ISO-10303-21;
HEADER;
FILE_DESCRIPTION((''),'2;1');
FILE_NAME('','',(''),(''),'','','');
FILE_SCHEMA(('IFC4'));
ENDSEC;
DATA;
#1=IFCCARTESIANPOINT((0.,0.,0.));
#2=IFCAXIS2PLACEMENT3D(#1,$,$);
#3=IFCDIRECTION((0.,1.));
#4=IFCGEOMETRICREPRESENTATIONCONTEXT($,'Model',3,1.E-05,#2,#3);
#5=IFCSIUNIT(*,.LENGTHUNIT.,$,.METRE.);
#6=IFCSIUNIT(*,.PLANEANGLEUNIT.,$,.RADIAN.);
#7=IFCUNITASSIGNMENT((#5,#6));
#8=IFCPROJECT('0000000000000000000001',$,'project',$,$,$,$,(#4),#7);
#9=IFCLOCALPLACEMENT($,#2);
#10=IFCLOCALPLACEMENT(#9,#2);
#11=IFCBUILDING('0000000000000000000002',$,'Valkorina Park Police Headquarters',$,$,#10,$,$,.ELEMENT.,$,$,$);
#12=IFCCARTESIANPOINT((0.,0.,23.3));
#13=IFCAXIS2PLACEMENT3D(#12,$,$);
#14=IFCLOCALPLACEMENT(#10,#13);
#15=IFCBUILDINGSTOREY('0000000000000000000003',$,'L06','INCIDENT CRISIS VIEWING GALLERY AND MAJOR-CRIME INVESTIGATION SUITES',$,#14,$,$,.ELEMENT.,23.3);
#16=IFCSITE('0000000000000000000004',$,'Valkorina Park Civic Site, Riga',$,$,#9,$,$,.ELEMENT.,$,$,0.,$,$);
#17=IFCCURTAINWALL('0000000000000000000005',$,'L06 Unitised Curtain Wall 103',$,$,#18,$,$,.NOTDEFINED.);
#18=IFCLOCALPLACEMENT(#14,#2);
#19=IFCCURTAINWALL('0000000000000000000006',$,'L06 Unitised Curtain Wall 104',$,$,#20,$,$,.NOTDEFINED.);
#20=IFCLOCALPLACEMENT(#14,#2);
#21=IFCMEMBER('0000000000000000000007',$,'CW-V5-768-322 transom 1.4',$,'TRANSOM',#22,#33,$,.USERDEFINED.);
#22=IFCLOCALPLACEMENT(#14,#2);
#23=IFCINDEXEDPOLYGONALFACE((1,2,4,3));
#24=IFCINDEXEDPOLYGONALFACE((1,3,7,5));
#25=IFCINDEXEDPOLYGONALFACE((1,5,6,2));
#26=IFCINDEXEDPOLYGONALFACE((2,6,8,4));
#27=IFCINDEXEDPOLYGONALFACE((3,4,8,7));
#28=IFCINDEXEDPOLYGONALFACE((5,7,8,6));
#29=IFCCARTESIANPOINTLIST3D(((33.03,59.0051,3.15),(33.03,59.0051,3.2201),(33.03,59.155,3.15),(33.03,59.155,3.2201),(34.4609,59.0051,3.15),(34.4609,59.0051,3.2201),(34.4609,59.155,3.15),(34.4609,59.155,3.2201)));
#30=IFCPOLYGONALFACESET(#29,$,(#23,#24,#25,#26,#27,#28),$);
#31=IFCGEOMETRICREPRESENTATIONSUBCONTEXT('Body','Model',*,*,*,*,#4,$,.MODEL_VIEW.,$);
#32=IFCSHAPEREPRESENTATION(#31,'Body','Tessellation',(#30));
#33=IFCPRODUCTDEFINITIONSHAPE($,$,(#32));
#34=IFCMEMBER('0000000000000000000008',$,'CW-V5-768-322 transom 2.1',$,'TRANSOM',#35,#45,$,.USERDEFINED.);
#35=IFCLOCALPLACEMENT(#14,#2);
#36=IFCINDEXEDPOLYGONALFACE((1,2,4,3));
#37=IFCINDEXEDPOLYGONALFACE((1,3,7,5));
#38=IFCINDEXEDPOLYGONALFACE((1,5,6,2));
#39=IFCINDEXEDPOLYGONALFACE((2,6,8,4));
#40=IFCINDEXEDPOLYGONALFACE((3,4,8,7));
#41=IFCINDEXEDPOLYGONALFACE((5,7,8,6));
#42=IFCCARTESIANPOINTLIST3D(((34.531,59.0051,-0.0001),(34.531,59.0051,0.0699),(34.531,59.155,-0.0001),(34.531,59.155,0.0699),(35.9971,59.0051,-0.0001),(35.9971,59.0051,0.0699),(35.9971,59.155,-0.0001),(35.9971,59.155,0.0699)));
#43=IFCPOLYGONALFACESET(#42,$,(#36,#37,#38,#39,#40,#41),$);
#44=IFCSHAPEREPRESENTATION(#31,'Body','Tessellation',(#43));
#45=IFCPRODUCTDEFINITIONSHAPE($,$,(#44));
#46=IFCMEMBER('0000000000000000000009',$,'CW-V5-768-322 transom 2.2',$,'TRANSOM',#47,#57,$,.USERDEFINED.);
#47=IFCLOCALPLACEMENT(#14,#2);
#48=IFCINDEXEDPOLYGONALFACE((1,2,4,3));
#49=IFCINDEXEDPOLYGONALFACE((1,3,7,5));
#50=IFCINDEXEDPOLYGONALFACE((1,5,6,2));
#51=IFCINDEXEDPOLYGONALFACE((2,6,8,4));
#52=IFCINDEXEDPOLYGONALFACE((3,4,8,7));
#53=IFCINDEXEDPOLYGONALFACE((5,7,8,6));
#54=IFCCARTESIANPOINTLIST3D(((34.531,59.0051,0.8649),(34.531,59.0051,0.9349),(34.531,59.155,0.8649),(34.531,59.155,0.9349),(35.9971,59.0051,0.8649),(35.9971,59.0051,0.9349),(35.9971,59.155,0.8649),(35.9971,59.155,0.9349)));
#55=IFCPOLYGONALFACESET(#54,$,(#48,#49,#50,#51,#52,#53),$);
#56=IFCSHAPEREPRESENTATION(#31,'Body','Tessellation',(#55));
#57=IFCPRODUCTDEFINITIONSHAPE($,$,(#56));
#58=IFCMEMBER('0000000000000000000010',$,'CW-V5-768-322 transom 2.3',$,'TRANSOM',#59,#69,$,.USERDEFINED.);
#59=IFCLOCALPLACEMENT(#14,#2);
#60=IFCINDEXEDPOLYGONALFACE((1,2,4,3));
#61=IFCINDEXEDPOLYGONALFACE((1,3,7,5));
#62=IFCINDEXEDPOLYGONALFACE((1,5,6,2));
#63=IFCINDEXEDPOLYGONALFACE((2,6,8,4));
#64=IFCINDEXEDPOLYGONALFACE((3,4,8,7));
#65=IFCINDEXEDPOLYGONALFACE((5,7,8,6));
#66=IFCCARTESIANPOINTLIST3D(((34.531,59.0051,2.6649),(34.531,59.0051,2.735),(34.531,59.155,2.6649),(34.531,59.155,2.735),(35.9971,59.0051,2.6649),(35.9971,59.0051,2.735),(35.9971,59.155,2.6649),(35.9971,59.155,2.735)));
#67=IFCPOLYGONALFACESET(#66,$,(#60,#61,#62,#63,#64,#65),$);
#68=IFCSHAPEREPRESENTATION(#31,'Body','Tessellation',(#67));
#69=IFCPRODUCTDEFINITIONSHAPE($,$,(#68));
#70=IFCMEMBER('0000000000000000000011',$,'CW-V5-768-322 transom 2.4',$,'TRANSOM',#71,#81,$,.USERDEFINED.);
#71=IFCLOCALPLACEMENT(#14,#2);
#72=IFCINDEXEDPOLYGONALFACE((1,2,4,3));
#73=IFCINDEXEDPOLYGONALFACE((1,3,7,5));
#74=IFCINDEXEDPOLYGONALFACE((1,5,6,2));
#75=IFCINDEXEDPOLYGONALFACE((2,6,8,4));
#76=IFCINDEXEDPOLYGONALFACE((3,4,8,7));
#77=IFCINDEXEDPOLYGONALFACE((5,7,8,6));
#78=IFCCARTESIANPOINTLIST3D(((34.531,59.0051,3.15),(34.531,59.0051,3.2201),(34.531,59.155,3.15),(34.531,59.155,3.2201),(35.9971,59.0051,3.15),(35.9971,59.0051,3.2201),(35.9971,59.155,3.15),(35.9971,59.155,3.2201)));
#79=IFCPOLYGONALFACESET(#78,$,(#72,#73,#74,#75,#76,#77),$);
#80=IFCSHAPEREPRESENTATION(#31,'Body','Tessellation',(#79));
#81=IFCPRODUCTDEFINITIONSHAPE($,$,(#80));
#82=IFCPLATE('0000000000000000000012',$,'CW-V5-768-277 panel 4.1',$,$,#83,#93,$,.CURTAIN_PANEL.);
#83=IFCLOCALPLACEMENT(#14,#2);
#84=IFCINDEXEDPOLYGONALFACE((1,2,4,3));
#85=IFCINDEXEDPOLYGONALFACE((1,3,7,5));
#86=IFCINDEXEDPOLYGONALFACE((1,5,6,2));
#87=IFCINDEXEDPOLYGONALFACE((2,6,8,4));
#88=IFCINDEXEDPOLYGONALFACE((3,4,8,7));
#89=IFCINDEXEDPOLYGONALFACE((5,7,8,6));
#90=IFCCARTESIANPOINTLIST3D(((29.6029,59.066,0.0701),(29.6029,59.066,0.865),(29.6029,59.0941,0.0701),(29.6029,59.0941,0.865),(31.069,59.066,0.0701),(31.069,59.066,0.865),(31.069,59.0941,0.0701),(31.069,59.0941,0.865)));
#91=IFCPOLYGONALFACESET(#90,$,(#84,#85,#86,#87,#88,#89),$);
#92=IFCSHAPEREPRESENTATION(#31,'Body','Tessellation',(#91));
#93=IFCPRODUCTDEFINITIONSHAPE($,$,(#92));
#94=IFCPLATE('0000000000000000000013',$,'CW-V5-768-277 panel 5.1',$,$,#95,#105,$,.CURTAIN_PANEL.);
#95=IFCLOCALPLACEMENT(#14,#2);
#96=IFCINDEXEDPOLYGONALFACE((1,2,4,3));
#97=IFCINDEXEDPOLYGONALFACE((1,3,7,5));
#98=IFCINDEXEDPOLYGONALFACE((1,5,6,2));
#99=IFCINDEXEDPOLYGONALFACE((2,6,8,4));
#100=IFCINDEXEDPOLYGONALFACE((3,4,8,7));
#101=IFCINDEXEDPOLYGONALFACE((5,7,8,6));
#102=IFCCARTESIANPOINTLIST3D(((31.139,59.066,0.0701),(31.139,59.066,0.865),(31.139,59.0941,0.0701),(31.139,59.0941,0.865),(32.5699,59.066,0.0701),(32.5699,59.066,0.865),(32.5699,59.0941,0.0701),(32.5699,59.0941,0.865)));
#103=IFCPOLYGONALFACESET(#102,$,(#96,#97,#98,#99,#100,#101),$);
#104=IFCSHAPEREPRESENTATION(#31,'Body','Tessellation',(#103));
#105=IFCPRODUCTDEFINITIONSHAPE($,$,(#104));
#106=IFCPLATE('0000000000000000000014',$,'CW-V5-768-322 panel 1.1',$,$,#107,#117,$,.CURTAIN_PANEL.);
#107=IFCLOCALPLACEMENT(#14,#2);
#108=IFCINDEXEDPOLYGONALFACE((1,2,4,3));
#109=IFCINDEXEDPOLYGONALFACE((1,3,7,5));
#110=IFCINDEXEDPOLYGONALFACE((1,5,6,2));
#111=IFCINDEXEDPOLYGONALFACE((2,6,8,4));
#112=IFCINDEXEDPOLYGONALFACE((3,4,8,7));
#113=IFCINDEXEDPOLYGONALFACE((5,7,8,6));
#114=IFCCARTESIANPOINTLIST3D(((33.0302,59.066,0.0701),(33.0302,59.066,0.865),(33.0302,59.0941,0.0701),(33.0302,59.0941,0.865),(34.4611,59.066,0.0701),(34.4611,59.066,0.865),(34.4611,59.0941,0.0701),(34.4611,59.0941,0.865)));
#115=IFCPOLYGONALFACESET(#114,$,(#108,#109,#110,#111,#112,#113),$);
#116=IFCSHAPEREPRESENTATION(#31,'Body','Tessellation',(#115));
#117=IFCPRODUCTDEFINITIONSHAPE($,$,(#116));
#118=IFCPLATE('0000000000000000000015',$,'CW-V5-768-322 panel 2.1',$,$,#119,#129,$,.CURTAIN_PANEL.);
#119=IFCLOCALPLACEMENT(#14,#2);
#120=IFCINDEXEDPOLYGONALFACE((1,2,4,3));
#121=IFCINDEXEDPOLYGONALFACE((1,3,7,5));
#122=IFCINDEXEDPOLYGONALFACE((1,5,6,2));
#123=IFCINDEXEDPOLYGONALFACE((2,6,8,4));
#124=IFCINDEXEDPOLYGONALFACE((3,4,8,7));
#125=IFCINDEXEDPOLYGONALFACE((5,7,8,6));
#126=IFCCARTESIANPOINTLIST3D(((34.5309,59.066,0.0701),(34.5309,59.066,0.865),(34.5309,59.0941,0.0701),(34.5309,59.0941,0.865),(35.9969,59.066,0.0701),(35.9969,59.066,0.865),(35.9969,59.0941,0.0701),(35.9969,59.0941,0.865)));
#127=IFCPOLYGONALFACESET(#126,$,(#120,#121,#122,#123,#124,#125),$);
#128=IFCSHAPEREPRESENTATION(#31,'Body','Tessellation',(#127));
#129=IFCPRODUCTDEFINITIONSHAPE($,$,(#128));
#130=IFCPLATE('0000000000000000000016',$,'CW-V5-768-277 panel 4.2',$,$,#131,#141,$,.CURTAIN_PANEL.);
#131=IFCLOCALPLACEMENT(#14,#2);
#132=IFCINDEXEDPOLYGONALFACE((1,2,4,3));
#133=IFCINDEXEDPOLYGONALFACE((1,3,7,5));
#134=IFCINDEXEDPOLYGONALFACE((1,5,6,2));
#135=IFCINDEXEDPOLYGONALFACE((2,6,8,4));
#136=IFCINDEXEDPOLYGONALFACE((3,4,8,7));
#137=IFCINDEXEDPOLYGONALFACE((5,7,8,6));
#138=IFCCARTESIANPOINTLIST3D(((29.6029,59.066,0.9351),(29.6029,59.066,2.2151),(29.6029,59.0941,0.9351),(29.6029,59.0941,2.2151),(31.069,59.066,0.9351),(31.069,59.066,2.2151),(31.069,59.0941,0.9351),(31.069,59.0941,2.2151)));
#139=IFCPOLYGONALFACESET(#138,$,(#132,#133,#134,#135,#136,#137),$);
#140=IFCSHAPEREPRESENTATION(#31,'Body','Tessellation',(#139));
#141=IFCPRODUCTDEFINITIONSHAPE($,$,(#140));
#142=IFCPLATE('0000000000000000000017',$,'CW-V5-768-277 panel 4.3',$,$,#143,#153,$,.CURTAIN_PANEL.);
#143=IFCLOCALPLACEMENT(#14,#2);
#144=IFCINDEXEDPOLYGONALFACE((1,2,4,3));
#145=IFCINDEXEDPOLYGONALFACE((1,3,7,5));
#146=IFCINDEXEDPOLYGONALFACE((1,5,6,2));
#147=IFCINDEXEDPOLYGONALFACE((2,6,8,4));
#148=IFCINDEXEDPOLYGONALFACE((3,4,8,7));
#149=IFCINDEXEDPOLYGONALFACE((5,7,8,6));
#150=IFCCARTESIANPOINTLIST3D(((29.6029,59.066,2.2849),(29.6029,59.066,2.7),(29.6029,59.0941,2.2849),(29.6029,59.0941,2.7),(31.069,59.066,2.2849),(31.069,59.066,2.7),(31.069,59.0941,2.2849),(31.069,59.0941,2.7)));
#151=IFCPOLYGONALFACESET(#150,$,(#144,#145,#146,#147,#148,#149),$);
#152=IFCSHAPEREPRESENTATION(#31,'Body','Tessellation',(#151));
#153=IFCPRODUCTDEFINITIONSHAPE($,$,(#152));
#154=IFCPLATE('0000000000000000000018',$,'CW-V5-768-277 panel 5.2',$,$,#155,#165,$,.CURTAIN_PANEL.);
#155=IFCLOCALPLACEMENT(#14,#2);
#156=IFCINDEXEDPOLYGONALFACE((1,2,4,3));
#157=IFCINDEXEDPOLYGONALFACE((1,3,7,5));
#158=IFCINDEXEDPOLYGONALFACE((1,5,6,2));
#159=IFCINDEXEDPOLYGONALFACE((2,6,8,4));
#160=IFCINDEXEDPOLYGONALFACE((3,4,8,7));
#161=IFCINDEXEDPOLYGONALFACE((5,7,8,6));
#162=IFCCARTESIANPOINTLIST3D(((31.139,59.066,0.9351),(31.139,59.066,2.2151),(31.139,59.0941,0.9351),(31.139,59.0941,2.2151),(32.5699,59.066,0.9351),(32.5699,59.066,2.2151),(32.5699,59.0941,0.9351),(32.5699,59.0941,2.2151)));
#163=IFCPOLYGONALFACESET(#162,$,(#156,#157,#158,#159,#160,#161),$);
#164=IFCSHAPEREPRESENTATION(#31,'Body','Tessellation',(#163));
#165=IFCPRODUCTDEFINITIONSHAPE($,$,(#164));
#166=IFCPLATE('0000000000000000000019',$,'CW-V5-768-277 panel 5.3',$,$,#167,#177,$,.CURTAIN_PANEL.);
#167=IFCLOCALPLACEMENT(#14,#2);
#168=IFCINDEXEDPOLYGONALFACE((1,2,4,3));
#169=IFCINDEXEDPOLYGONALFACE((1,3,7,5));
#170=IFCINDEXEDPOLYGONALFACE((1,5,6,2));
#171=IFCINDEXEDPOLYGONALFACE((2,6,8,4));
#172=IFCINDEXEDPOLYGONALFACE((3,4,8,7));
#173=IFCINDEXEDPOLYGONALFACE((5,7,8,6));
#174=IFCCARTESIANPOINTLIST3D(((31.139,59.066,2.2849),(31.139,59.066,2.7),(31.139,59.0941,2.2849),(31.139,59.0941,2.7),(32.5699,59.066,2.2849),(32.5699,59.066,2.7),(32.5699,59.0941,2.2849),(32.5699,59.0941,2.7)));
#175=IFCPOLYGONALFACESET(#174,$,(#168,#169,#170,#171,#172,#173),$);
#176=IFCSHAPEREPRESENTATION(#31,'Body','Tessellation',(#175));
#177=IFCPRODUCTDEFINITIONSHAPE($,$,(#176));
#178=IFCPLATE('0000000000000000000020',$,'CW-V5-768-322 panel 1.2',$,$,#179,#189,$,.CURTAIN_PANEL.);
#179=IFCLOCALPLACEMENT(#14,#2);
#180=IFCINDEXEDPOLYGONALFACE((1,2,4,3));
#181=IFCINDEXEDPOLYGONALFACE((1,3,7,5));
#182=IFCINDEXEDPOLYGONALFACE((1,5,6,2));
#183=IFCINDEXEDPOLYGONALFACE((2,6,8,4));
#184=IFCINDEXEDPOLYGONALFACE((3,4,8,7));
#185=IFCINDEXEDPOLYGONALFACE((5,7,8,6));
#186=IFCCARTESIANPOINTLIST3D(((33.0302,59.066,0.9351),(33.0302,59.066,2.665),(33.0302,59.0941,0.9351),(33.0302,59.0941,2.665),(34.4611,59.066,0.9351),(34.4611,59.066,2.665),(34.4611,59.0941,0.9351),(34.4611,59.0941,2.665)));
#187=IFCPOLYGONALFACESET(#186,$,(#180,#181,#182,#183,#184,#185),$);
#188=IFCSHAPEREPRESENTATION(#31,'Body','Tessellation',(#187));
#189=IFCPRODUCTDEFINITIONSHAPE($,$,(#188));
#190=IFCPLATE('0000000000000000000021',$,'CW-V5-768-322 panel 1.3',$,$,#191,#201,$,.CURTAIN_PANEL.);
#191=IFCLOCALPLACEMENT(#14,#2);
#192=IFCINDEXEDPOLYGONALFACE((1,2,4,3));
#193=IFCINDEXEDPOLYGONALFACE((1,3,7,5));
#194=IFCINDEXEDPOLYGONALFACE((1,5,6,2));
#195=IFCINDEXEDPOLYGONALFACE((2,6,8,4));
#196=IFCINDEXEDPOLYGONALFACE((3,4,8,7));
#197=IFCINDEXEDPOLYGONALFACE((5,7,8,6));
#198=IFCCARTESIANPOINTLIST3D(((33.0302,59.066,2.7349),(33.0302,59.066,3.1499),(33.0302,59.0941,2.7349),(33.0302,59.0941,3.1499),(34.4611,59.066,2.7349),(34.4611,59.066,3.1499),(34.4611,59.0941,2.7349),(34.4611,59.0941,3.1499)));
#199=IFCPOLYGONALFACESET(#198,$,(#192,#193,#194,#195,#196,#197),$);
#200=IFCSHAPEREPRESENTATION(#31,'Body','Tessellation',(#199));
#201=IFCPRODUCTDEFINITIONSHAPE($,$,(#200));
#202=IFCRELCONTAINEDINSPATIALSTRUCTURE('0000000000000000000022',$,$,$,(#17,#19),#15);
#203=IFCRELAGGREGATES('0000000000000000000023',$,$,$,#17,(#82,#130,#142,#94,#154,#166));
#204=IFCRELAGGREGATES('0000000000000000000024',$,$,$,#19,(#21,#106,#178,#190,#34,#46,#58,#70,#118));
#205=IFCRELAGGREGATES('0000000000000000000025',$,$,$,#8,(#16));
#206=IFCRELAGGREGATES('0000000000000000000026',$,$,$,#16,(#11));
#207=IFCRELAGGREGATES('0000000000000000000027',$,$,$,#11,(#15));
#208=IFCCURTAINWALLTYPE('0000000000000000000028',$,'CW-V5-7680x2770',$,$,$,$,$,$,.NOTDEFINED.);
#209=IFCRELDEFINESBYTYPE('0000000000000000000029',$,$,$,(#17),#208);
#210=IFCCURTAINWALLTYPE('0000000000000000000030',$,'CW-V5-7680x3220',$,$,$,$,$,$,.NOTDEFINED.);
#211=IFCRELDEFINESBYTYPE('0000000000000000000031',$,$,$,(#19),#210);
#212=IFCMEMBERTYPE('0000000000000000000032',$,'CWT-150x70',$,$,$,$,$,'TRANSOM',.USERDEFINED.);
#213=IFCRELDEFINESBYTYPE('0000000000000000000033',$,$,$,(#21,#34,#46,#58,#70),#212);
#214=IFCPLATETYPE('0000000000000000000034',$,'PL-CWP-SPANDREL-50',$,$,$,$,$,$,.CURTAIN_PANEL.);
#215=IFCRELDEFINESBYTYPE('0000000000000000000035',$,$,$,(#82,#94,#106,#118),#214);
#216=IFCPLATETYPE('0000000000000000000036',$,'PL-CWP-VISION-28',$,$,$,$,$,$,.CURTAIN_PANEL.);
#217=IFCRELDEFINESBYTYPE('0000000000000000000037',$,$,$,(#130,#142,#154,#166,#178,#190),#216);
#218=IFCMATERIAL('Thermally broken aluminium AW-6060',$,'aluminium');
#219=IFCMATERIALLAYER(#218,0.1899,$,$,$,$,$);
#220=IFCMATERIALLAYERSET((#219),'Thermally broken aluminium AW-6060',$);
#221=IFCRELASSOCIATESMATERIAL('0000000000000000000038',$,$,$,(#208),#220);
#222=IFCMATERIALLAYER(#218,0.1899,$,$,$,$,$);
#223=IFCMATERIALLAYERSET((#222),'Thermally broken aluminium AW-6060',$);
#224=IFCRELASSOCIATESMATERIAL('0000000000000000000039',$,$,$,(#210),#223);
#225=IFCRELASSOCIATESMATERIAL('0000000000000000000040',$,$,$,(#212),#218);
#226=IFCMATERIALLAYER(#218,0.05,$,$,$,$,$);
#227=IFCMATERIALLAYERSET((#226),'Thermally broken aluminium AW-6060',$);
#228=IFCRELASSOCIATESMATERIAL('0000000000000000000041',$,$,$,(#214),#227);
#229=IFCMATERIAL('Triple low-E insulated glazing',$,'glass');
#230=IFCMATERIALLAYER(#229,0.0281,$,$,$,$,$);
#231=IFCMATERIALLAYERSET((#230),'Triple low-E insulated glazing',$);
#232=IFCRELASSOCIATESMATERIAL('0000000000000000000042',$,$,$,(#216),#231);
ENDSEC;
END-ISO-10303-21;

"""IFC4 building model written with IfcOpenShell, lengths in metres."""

from ifc_helpers import new_model, si_unit, direction, frame, origin, origin_2d, place, context, subcontext, project, spatial, rectangle, extrude, material, layer, layer_set, material_profile, profile_set, type_object, element, aggregate, save


model = new_model("IFC4")

# Units and contexts
model_context = context("Model", 3, precision=1e-05, world=origin(), true_north=direction((0.0, 1.0)))
body_context = subcontext(model_context, "Body", "Model", "MODEL_VIEW")
ifc_project = project(units=[si_unit("LENGTHUNIT", "METRE"), si_unit("PLANEANGLEUNIT", "RADIAN")], contexts=[model_context])

# Site, building, storey
site_placement = place(None, origin())
site = spatial("IfcSite", under=ifc_project, at=site_placement, Name="Valkorina Park Civic Site, Riga", CompositionType="ELEMENT", RefElevation=0.0)
building_placement = place(site_placement, origin())
building = spatial("IfcBuilding", under=site, at=building_placement, Name="Valkorina Park Police Headquarters", CompositionType="ELEMENT")
storey_placement = place(building_placement, frame((0.0, 0.0, 23.3)))
storey = spatial("IfcBuildingStorey", under=building, at=storey_placement, Name="L06", Description="INCIDENT CRISIS VIEWING GALLERY AND MAJOR-CRIME INVESTIGATION SUITES", CompositionType="ELEMENT", Elevation=23.3)

# Curtain walls
ifc_material_1 = material(Name="Thermally broken aluminium AW-6060", Category="aluminium")
ifc_layer_1 = layer(ifc_material_1, 0.1899)
ifc_layer_set_1 = layer_set([ifc_layer_1], Name="Thermally broken aluminium AW-6060")
curtain_wall_type_1 = type_object("IfcCurtainWallType", Name="CW-V5-7680x2770", PredefinedType="NOTDEFINED", material=ifc_layer_set_1)
curtain_wall_1_placement = place(storey_placement, origin())
curtain_wall_1 = element("IfcCurtainWall", 1, at=curtain_wall_1_placement, inside=storey, type_object=curtain_wall_type_1, Name="L06 Unitised Curtain Wall 103", PredefinedType="NOTDEFINED")
ifc_layer_2 = layer(ifc_material_1, 0.1899)
ifc_layer_set_2 = layer_set([ifc_layer_2], Name="Thermally broken aluminium AW-6060")
curtain_wall_type_2 = type_object("IfcCurtainWallType", Name="CW-V5-7680x3220", PredefinedType="NOTDEFINED", material=ifc_layer_set_2)
curtain_wall_2_placement = place(storey_placement, origin())
curtain_wall_2 = element("IfcCurtainWall", 2, at=curtain_wall_2_placement, inside=storey, type_object=curtain_wall_type_2, Name="L06 Unitised Curtain Wall 104", PredefinedType="NOTDEFINED")

# Members
ifc_material_profile_1 = material_profile(ifc_material_1, rectangle(XDim=0.1499, YDim=0.0701, at=origin_2d()), Name="CWT-02 150x70")
ifc_profile_set_1 = profile_set([ifc_material_profile_1], Name="Thermally broken aluminium AW-6060")
member_type_1 = type_object("IfcMemberType", Name="CWT-150x70", ElementType="TRANSOM", PredefinedType="USERDEFINED", material=ifc_profile_set_1)
member_1_placement = place(storey_placement, frame((33.03, 59.0801, 3.1851), z_axis=(1.0, 0.0, 0.0), x_axis=(0.0, 1.0, 0.0)))
member_1 = element("IfcMember", 3, at=member_1_placement, type_object=member_type_1, Name="CW-V5-768-322 transom 1.4", ObjectType="TRANSOM", PredefinedType="USERDEFINED", context=body_context, shape_type="SweptSolid", body=[
    extrude(rectangle(XDim=0.1499, YDim=0.0701, at=origin_2d()), origin(), (0.0, 0.0, 1.0), 1.4309),
])
member_2_placement = place(storey_placement, frame((34.531, 59.0801, 0.0349), z_axis=(1.0, 0.0, 0.0), x_axis=(0.0, 1.0, 0.0)))
member_2 = element("IfcMember", 4, at=member_2_placement, type_object=member_type_1, Name="CW-V5-768-322 transom 2.1", ObjectType="TRANSOM", PredefinedType="USERDEFINED", context=body_context, shape_type="SweptSolid", body=[
    extrude(rectangle(XDim=0.1499, YDim=0.0701, at=origin_2d()), origin(), (0.0, 0.0, 1.0), 1.4661),
])
member_3_placement = place(storey_placement, frame((34.531, 59.0801, 0.8999), z_axis=(1.0, 0.0, 0.0), x_axis=(0.0, 1.0, 0.0)))
member_3 = element("IfcMember", 5, at=member_3_placement, type_object=member_type_1, Name="CW-V5-768-322 transom 2.2", ObjectType="TRANSOM", PredefinedType="USERDEFINED", context=body_context, shape_type="SweptSolid", body=[
    extrude(rectangle(XDim=0.1499, YDim=0.0701, at=origin_2d()), origin(), (0.0, 0.0, 1.0), 1.4661),
])
member_4_placement = place(storey_placement, frame((34.531, 59.0801, 2.7), z_axis=(1.0, 0.0, 0.0), x_axis=(0.0, 1.0, 0.0)))
member_4 = element("IfcMember", 6, at=member_4_placement, type_object=member_type_1, Name="CW-V5-768-322 transom 2.3", ObjectType="TRANSOM", PredefinedType="USERDEFINED", context=body_context, shape_type="SweptSolid", body=[
    extrude(rectangle(XDim=0.1499, YDim=0.0701, at=origin_2d()), origin(), (0.0, 0.0, 1.0), 1.4661),
])
member_5_placement = place(storey_placement, frame((34.531, 59.0801, 3.1851), z_axis=(1.0, 0.0, 0.0), x_axis=(0.0, 1.0, 0.0)))
member_5 = element("IfcMember", 7, at=member_5_placement, type_object=member_type_1, Name="CW-V5-768-322 transom 2.4", ObjectType="TRANSOM", PredefinedType="USERDEFINED", context=body_context, shape_type="SweptSolid", body=[
    extrude(rectangle(XDim=0.1499, YDim=0.0701, at=origin_2d()), origin(), (0.0, 0.0, 1.0), 1.4661),
])

# Plates
ifc_layer_3 = layer(ifc_material_1, 0.05)
ifc_layer_set_3 = layer_set([ifc_layer_3], Name="Thermally broken aluminium AW-6060")
plate_type_1 = type_object("IfcPlateType", Name="PL-CWP-SPANDREL-50", PredefinedType="CURTAIN_PANEL", material=ifc_layer_set_3)
plate_1_placement = place(storey_placement, frame((30.3359, 59.0801, 0.0701), z_axis=(0.0, 0.0, 1.0), x_axis=(1.0, 0.0, 0.0)))
plate_1 = element("IfcPlate", 8, at=plate_1_placement, type_object=plate_type_1, Name="CW-V5-768-277 panel 4.1", PredefinedType="CURTAIN_PANEL", context=body_context, shape_type="SweptSolid", body=[
    extrude(rectangle(XDim=1.4661, YDim=0.0281, at=origin_2d()), origin(), (0.0, 0.0, 1.0), 0.7949),
])
plate_2_placement = place(storey_placement, frame((31.8545, 59.0801, 0.0701), z_axis=(0.0, 0.0, 1.0), x_axis=(1.0, 0.0, 0.0)))
plate_2 = element("IfcPlate", 9, at=plate_2_placement, type_object=plate_type_1, Name="CW-V5-768-277 panel 5.1", PredefinedType="CURTAIN_PANEL", context=body_context, shape_type="SweptSolid", body=[
    extrude(rectangle(XDim=1.4309, YDim=0.0281, at=origin_2d()), origin(), (0.0, 0.0, 1.0), 0.7949),
])
plate_3_placement = place(storey_placement, frame((33.7456, 59.0801, 0.0701), z_axis=(0.0, 0.0, 1.0), x_axis=(1.0, 0.0, 0.0)))
plate_3 = element("IfcPlate", 10, at=plate_3_placement, type_object=plate_type_1, Name="CW-V5-768-322 panel 1.1", PredefinedType="CURTAIN_PANEL", context=body_context, shape_type="SweptSolid", body=[
    extrude(rectangle(XDim=1.4309, YDim=0.0281, at=origin_2d()), origin(), (0.0, 0.0, 1.0), 0.7949),
])
plate_4_placement = place(storey_placement, frame((35.2639, 59.0801, 0.0701), z_axis=(0.0, 0.0, 1.0), x_axis=(1.0, 0.0, 0.0)))
plate_4 = element("IfcPlate", 11, at=plate_4_placement, type_object=plate_type_1, Name="CW-V5-768-322 panel 2.1", PredefinedType="CURTAIN_PANEL", context=body_context, shape_type="SweptSolid", body=[
    extrude(rectangle(XDim=1.4661, YDim=0.0281, at=origin_2d()), origin(), (0.0, 0.0, 1.0), 0.7949),
])
ifc_material_2 = material(Name="Triple low-E insulated glazing", Category="glass")
ifc_layer_4 = layer(ifc_material_2, 0.0281)
ifc_layer_set_4 = layer_set([ifc_layer_4], Name="Triple low-E insulated glazing")
plate_type_2 = type_object("IfcPlateType", Name="PL-CWP-VISION-28", PredefinedType="CURTAIN_PANEL", material=ifc_layer_set_4)
plate_5_placement = place(storey_placement, frame((30.3359, 59.0801, 0.9351), z_axis=(0.0, 0.0, 1.0), x_axis=(1.0, 0.0, 0.0)))
plate_5 = element("IfcPlate", 12, at=plate_5_placement, type_object=plate_type_2, Name="CW-V5-768-277 panel 4.2", PredefinedType="CURTAIN_PANEL", context=body_context, shape_type="SweptSolid", body=[
    extrude(rectangle(XDim=1.4661, YDim=0.0281, at=origin_2d()), origin(), (0.0, 0.0, 1.0), 1.28),
])
plate_6_placement = place(storey_placement, frame((30.3359, 59.0801, 2.2849), z_axis=(0.0, 0.0, 1.0), x_axis=(1.0, 0.0, 0.0)))
plate_6 = element("IfcPlate", 13, at=plate_6_placement, type_object=plate_type_2, Name="CW-V5-768-277 panel 4.3", PredefinedType="CURTAIN_PANEL", context=body_context, shape_type="SweptSolid", body=[
    extrude(rectangle(XDim=1.4661, YDim=0.0281, at=origin_2d()), origin(), (0.0, 0.0, 1.0), 0.415),
])
plate_7_placement = place(storey_placement, frame((31.8545, 59.0801, 0.9351), z_axis=(0.0, 0.0, 1.0), x_axis=(1.0, 0.0, 0.0)))
plate_7 = element("IfcPlate", 14, at=plate_7_placement, type_object=plate_type_2, Name="CW-V5-768-277 panel 5.2", PredefinedType="CURTAIN_PANEL", context=body_context, shape_type="SweptSolid", body=[
    extrude(rectangle(XDim=1.4309, YDim=0.0281, at=origin_2d()), origin(), (0.0, 0.0, 1.0), 1.28),
])
plate_8_placement = place(storey_placement, frame((31.8545, 59.0801, 2.2849), z_axis=(0.0, 0.0, 1.0), x_axis=(1.0, 0.0, 0.0)))
plate_8 = element("IfcPlate", 15, at=plate_8_placement, type_object=plate_type_2, Name="CW-V5-768-277 panel 5.3", PredefinedType="CURTAIN_PANEL", context=body_context, shape_type="SweptSolid", body=[
    extrude(rectangle(XDim=1.4309, YDim=0.0281, at=origin_2d()), origin(), (0.0, 0.0, 1.0), 0.415),
])
aggregate(curtain_wall_1, [plate_1, plate_5, plate_6, plate_2, plate_7, plate_8])
plate_9_placement = place(storey_placement, frame((33.7456, 59.0801, 0.9351), z_axis=(0.0, 0.0, 1.0), x_axis=(1.0, 0.0, 0.0)))
plate_9 = element("IfcPlate", 16, at=plate_9_placement, type_object=plate_type_2, Name="CW-V5-768-322 panel 1.2", PredefinedType="CURTAIN_PANEL", context=body_context, shape_type="SweptSolid", body=[
    extrude(rectangle(XDim=1.4309, YDim=0.0281, at=origin_2d()), origin(), (0.0, 0.0, 1.0), 1.73),
])
plate_10_placement = place(storey_placement, frame((33.7456, 59.0801, 2.7349), z_axis=(0.0, 0.0, 1.0), x_axis=(1.0, 0.0, 0.0)))
plate_10 = element("IfcPlate", 17, at=plate_10_placement, type_object=plate_type_2, Name="CW-V5-768-322 panel 1.3", PredefinedType="CURTAIN_PANEL", context=body_context, shape_type="SweptSolid", body=[
    extrude(rectangle(XDim=1.4309, YDim=0.0281, at=origin_2d()), origin(), (0.0, 0.0, 1.0), 0.415),
])
aggregate(curtain_wall_2, [member_1, plate_3, plate_9, plate_10, member_2, member_3, member_4, member_5, plate_4])

save(model, "model.ifc")
